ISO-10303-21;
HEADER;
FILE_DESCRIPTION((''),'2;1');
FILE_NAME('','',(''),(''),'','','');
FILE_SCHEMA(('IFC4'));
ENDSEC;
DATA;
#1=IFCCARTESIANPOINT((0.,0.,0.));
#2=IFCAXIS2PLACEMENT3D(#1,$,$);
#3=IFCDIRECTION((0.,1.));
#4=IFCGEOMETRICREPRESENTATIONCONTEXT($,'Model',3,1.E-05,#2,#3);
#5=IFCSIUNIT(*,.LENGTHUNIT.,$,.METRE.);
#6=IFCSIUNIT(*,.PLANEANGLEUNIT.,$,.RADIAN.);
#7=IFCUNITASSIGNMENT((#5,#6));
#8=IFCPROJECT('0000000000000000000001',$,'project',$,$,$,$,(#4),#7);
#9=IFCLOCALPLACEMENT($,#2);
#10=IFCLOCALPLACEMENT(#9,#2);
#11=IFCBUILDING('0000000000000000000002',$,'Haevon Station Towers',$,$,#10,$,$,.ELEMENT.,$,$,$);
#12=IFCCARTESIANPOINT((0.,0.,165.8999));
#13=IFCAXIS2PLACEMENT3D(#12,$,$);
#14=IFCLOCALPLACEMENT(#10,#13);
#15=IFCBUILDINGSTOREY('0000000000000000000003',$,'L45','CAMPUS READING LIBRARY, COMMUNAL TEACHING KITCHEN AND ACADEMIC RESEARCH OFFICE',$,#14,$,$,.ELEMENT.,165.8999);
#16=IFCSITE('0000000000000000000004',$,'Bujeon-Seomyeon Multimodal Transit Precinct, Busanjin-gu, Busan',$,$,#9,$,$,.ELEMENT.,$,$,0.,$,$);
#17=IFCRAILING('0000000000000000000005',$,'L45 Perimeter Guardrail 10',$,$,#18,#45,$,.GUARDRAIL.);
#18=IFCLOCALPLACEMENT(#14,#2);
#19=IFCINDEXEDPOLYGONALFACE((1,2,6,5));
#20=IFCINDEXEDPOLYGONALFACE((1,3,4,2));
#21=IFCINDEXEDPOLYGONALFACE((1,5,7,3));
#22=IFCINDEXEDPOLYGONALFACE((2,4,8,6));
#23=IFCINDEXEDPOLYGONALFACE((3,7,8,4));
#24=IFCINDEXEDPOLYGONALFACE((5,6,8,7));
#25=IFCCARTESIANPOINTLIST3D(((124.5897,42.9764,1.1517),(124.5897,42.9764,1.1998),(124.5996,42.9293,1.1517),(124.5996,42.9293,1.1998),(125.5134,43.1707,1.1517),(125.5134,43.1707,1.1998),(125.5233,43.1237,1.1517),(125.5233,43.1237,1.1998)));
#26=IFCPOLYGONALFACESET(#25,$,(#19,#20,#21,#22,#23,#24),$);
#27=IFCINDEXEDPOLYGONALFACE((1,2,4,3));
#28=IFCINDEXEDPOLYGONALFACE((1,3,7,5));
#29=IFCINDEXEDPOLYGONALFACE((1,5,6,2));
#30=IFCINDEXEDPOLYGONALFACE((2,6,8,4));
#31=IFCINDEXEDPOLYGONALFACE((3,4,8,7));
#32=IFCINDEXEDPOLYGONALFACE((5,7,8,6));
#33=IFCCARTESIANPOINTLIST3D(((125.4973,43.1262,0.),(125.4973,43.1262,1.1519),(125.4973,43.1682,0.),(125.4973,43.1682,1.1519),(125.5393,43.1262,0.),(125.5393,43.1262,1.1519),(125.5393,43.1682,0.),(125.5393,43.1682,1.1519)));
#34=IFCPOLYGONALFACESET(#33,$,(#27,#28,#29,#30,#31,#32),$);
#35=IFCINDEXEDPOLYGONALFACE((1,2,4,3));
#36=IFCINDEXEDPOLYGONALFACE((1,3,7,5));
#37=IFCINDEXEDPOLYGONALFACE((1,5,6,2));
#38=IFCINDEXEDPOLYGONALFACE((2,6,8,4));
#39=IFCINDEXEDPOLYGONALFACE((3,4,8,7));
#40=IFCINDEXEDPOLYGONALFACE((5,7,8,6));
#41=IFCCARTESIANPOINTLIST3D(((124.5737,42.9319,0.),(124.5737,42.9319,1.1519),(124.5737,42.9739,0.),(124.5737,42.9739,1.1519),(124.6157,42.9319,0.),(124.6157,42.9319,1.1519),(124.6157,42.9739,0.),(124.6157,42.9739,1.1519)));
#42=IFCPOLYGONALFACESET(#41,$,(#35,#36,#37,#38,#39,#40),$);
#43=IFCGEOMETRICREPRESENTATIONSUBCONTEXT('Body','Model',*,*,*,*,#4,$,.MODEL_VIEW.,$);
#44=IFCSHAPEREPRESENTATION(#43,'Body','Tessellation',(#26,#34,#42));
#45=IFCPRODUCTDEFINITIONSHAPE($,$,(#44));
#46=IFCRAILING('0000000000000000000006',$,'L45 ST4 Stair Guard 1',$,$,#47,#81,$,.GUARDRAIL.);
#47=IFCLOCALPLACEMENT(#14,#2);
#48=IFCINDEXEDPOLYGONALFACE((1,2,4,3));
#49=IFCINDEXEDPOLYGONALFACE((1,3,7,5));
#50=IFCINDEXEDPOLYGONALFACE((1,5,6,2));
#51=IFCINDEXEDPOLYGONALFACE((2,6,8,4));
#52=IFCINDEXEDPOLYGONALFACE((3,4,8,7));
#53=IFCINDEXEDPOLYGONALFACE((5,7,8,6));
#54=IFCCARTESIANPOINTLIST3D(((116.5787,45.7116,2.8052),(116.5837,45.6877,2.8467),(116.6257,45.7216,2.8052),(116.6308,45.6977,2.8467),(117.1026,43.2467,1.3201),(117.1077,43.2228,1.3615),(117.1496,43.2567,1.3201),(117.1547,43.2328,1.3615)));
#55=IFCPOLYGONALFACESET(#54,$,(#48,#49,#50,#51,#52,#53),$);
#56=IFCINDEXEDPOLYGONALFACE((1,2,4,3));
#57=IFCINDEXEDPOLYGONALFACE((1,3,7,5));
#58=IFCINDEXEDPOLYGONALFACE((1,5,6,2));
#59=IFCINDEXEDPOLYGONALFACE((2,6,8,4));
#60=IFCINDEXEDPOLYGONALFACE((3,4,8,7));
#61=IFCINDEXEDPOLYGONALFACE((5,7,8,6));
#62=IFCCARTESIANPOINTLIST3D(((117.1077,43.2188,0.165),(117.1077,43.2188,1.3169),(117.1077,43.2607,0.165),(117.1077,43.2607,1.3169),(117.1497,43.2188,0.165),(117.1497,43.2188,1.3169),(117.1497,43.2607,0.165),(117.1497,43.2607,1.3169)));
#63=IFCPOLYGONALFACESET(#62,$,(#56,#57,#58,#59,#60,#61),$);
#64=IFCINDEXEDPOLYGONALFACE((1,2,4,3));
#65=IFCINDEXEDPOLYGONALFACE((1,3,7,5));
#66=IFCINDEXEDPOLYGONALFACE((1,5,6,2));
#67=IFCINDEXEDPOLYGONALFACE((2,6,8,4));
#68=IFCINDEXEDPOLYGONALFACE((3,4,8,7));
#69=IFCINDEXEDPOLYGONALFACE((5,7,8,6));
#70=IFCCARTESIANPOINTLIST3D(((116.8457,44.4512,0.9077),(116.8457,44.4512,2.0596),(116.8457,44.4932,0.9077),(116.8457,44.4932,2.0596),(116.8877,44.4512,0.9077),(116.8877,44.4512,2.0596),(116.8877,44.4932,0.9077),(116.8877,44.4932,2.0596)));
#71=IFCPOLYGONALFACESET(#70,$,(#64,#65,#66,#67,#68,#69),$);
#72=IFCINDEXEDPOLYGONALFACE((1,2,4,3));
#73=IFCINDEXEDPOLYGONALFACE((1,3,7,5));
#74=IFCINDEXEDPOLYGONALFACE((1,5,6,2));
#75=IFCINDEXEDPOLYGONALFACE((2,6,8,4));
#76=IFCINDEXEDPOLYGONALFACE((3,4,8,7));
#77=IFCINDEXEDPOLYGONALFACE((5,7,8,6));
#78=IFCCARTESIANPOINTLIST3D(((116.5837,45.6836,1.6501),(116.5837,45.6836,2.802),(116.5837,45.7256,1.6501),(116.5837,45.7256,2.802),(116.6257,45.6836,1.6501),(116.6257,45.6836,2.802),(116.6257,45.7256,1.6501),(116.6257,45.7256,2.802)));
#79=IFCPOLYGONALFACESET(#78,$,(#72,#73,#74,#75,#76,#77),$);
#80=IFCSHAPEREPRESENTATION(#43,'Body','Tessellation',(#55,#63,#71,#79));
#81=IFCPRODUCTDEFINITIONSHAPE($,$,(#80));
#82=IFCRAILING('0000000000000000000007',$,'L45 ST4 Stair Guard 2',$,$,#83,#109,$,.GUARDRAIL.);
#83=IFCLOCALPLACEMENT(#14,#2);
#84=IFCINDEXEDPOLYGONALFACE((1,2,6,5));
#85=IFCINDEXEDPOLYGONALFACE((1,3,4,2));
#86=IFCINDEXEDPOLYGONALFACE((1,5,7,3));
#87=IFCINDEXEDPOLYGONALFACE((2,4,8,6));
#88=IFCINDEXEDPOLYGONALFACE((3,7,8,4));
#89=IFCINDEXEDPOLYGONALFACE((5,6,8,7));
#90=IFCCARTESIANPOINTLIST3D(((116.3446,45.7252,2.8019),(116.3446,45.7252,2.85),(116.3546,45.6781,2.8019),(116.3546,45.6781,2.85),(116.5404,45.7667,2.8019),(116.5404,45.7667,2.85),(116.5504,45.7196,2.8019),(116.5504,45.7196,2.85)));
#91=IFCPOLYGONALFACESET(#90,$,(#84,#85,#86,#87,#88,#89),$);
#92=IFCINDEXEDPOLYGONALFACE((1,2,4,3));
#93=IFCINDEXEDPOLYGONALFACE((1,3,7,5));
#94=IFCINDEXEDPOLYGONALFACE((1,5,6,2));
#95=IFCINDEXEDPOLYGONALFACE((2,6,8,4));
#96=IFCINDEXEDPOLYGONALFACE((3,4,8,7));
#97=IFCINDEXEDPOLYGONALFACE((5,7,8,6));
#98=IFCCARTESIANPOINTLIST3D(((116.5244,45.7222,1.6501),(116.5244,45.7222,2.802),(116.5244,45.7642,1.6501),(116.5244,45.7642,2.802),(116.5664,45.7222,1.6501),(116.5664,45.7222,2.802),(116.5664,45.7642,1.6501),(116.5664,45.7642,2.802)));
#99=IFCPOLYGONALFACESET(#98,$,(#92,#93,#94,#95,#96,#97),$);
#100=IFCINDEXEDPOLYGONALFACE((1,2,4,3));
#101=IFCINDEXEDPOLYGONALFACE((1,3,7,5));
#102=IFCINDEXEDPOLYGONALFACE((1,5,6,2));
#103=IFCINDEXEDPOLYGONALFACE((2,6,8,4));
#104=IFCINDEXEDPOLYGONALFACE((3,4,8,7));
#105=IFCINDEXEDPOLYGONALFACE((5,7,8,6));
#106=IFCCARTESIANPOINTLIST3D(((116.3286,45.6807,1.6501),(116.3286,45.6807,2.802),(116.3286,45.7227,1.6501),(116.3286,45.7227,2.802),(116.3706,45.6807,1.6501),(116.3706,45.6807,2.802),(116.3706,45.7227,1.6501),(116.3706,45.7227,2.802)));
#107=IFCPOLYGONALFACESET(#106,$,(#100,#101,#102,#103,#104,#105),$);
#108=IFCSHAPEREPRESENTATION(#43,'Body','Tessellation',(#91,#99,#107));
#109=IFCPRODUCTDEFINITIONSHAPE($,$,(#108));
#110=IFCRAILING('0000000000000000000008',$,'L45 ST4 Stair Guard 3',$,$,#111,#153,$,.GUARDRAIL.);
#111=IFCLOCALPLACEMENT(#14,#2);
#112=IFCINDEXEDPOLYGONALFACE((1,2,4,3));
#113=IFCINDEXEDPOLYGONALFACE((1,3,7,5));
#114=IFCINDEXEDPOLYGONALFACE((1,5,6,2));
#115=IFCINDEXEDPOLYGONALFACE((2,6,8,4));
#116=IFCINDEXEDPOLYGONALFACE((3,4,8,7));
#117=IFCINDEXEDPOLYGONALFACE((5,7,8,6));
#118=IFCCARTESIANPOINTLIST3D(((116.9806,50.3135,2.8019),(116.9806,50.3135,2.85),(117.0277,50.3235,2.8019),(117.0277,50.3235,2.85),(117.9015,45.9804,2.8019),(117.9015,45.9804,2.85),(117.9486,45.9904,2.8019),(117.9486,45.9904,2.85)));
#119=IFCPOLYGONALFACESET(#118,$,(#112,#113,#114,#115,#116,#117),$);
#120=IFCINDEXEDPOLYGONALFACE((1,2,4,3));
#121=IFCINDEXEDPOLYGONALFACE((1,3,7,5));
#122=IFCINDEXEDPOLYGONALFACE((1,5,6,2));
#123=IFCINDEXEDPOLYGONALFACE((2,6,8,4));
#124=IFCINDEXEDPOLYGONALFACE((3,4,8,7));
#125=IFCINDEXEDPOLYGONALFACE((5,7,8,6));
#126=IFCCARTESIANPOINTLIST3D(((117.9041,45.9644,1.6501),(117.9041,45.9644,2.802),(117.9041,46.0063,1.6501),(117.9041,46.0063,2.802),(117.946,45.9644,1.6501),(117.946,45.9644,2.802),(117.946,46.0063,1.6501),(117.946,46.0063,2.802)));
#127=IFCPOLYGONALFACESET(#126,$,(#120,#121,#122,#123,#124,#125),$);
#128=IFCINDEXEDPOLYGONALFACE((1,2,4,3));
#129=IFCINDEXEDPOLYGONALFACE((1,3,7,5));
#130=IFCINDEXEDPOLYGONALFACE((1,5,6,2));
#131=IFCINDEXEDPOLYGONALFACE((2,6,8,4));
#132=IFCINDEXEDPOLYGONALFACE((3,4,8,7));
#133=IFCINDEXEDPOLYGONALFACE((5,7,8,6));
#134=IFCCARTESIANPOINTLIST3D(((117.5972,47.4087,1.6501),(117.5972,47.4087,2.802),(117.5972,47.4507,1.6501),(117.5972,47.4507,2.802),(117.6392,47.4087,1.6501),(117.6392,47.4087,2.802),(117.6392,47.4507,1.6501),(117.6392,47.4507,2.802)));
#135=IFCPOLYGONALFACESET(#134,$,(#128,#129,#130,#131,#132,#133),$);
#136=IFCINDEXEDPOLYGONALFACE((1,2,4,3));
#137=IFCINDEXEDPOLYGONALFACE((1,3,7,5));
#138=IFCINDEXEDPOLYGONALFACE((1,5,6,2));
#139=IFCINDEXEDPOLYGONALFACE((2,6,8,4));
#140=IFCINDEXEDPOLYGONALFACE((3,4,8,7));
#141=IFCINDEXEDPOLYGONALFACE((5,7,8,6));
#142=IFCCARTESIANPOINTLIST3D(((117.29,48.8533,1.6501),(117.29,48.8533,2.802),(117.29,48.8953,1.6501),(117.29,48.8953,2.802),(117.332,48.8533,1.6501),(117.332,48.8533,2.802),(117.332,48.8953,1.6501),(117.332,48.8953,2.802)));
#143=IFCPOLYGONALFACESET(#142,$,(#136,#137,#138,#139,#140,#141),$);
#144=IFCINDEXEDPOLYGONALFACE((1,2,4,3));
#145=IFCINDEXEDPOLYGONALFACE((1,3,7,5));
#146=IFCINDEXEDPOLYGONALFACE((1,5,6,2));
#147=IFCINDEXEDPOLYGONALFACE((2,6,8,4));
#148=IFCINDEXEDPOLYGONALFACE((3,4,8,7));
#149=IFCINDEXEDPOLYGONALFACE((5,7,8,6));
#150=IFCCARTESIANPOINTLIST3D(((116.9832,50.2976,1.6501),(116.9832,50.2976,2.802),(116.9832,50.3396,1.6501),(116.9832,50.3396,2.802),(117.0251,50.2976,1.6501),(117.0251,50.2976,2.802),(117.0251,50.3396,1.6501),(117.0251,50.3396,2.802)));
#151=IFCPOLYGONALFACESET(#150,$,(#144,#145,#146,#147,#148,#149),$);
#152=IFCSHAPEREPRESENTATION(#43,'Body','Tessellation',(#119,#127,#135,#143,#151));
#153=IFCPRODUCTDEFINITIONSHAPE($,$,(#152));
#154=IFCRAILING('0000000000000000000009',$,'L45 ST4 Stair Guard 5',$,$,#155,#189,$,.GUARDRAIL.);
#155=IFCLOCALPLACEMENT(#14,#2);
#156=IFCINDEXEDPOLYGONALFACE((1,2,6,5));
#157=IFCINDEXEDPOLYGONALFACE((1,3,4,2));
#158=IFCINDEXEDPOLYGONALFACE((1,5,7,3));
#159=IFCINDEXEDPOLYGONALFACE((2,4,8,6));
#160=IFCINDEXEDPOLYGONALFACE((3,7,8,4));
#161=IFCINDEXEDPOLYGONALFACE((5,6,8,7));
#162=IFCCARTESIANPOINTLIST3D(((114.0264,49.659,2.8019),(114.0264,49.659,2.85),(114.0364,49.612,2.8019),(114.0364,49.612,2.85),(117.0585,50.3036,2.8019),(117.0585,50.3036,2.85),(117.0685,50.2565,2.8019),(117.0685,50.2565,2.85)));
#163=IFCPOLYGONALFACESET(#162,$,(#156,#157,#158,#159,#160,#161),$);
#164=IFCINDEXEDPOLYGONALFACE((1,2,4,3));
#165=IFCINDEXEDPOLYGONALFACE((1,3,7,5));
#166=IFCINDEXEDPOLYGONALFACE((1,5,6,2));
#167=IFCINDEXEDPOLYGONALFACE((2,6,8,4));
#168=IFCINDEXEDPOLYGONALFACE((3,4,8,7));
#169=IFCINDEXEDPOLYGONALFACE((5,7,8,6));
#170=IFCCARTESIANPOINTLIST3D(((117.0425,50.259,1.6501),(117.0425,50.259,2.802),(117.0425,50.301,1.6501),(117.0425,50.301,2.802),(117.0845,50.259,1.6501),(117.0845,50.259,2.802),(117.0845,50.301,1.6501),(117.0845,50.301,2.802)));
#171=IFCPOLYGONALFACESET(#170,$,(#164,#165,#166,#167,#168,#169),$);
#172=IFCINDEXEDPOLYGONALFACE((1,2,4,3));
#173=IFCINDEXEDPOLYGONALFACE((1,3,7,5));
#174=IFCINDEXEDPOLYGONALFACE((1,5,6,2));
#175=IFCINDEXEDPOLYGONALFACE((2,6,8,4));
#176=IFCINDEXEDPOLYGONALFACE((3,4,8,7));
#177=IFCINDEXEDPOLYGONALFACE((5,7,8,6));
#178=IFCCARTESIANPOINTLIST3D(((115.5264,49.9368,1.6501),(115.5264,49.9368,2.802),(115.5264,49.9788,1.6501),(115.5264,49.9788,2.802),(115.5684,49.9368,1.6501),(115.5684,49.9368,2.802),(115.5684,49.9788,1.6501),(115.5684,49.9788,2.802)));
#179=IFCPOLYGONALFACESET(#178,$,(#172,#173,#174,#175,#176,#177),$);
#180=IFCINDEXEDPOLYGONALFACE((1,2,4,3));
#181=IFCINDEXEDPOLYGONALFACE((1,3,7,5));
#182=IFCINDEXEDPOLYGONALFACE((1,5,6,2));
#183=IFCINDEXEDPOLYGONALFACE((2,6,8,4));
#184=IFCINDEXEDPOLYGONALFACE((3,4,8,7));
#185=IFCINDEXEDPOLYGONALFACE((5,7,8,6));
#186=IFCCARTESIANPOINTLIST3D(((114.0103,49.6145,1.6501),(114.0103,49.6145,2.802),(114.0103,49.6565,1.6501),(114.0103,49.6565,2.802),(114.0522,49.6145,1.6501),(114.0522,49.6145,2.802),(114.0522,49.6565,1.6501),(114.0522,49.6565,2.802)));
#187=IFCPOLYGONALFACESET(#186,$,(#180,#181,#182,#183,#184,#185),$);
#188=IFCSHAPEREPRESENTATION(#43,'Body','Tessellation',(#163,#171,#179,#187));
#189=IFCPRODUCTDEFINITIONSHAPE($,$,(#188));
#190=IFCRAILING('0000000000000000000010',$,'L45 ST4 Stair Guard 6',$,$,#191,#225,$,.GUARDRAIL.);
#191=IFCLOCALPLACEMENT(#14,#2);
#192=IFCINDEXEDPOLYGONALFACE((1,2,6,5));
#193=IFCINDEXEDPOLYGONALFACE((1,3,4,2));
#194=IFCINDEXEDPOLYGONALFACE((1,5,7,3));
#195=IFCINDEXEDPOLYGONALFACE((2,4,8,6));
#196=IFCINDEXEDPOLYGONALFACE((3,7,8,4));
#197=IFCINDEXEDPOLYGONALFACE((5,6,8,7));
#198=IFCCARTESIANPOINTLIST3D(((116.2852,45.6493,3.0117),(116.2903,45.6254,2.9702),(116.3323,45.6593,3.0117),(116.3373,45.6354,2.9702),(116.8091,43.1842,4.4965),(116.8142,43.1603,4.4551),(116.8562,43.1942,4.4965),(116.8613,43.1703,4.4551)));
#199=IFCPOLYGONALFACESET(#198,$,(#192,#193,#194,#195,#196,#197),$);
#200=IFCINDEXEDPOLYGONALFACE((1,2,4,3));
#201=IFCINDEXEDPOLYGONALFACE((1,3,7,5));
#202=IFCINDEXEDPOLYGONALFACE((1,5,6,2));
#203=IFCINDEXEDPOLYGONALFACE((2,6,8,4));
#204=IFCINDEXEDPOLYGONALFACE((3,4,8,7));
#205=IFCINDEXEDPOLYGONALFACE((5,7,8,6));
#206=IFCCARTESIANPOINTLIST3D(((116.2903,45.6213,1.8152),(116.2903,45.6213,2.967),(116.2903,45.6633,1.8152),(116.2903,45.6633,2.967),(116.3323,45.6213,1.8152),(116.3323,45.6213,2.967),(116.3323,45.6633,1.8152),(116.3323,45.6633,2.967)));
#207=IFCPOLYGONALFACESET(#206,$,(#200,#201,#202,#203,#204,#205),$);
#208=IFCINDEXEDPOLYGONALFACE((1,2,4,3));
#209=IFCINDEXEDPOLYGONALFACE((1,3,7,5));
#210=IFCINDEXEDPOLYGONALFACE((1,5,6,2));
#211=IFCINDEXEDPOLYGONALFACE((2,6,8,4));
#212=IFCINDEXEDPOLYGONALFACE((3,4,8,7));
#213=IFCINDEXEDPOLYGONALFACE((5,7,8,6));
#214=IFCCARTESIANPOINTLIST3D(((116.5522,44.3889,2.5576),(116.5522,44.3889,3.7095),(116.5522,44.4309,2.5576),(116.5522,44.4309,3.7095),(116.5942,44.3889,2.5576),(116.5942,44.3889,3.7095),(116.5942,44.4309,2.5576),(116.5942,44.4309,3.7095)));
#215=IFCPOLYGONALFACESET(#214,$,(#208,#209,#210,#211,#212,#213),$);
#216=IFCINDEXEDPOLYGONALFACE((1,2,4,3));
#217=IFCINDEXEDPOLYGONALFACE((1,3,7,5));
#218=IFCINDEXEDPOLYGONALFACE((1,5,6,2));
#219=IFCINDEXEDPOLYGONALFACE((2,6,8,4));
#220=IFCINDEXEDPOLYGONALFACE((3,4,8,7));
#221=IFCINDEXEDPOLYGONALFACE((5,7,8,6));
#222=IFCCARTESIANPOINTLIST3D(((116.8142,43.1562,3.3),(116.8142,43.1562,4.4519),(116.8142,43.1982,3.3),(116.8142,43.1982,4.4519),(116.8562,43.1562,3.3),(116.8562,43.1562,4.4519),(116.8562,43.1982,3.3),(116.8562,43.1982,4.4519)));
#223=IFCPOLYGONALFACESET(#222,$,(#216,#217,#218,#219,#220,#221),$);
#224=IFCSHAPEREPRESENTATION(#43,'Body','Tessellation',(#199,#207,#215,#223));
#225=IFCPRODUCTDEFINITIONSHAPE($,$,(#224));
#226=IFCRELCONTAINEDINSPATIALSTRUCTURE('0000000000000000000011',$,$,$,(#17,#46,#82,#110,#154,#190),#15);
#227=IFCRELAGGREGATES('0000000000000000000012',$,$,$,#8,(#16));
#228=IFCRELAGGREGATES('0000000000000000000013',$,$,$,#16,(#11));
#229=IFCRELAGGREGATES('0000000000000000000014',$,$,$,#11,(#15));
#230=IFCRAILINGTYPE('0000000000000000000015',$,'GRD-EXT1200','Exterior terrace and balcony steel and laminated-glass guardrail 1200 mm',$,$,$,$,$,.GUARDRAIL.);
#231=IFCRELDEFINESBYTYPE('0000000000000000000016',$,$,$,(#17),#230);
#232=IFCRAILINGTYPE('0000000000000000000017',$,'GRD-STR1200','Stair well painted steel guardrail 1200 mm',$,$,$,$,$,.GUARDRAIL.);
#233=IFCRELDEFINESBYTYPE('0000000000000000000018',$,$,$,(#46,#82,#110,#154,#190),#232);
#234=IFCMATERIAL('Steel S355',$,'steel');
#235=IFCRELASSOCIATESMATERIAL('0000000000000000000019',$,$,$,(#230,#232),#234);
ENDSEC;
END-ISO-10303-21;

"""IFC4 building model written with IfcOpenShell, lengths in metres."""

from ifc_helpers import new_model, si_unit, direction, frame, origin, origin_2d, place, context, subcontext, project, spatial, rectangle, extrude, material, type_object, element, save


model = new_model("IFC4")

# Units and contexts
model_context = context("Model", 3, precision=1e-05, world=origin(), true_north=direction((0.0, 1.0)))
body_context = subcontext(model_context, "Body", "Model", "MODEL_VIEW")
ifc_project = project(units=[si_unit("LENGTHUNIT", "METRE"), si_unit("PLANEANGLEUNIT", "RADIAN")], contexts=[model_context])

# Site, building, storey
site_placement = place(None, origin())
site = spatial("IfcSite", under=ifc_project, at=site_placement, Name="Bujeon-Seomyeon Multimodal Transit Precinct, Busanjin-gu, Busan", CompositionType="ELEMENT", RefElevation=0.0)
building_placement = place(site_placement, origin())
building = spatial("IfcBuilding", under=site, at=building_placement, Name="Haevon Station Towers", CompositionType="ELEMENT")
storey_placement = place(building_placement, frame((0.0, 0.0, 165.8999)))
storey = spatial("IfcBuildingStorey", under=building, at=storey_placement, Name="L45", Description="CAMPUS READING LIBRARY, COMMUNAL TEACHING KITCHEN AND ACADEMIC RESEARCH OFFICE", CompositionType="ELEMENT", Elevation=165.8999)

# Shared definitions
ifc_material_1 = material(Name="Steel S355", Category="steel")

# Railings
railing_type_1 = type_object("IfcRailingType", Name="GRD-EXT1200", Description="Exterior terrace and balcony steel and laminated-glass guardrail 1200 mm", PredefinedType="GUARDRAIL", material=ifc_material_1)
railing_1_placement = place(storey_placement, frame((125.5183, 43.1472, 0.0)))
element("IfcRailing", 1, at=railing_1_placement, inside=storey, type_object=railing_type_1, Name="L45 Perimeter Guardrail 10", PredefinedType="GUARDRAIL", context=body_context, shape_type="SweptSolid", body=[
    extrude(rectangle(XDim=0.0481, YDim=0.0481, at=origin_2d()), frame((0.0, 0.0, 1.1758), z_axis=(-0.978572, -0.205906, 0.0), x_axis=(0.205906, -0.978572, 0.0)), (0.0, 0.0, 1.0), 0.9438),
    extrude(rectangle(XDim=0.042, YDim=0.042, at=origin_2d()), origin(), (0.0, 0.0, 1.0), 1.1519),
    extrude(rectangle(XDim=0.042, YDim=0.042, at=origin_2d()), frame((-0.9236, -0.1943, 0.0)), (0.0, 0.0, 1.0), 1.1519),
])
railing_type_2 = type_object("IfcRailingType", Name="GRD-STR1200", Description="Stair well painted steel guardrail 1200 mm", PredefinedType="GUARDRAIL", material=ifc_material_1)
railing_2_placement = place(storey_placement, frame((117.1287, 43.2397, 0.165)))
element("IfcRailing", 2, at=railing_2_placement, inside=storey, type_object=railing_type_2, Name="L45 ST4 Stair Guard 1", PredefinedType="GUARDRAIL", context=body_context, shape_type="SweptSolid", body=[
    extrude(rectangle(XDim=0.0481, YDim=0.0481, at=origin_2d()), frame((0.0, 0.0, 1.1758), z_axis=(-0.179121, 0.842688, 0.507733), x_axis=(-0.978147, -0.207914, 0.0)), (0.0, 0.0, 1.0), 2.925),
    extrude(rectangle(XDim=0.042, YDim=0.042, at=origin_2d()), origin(), (0.0, 0.0, 1.0), 1.1519),
    extrude(rectangle(XDim=0.042, YDim=0.042, at=origin_2d()), frame((-0.262, 1.2324, 0.7427)), (0.0, 0.0, 1.0), 1.1519),
    extrude(rectangle(XDim=0.042, YDim=0.042, at=origin_2d()), frame((-0.5239, 2.4648, 1.4851)), (0.0, 0.0, 1.0), 1.1519),
])
railing_3_placement = place(storey_placement, frame((116.5454, 45.7432, 1.6501)))
element("IfcRailing", 3, at=railing_3_placement, inside=storey, type_object=railing_type_2, Name="L45 ST4 Stair Guard 2", PredefinedType="GUARDRAIL", context=body_context, shape_type="SweptSolid", body=[
    extrude(rectangle(XDim=0.0481, YDim=0.0481, at=origin_2d()), frame((0.0, 0.0, 1.1758), z_axis=(-0.978264, -0.207363, 0.0), x_axis=(0.207363, -0.978264, 0.0)), (0.0, 0.0, 1.0), 0.2002),
    extrude(rectangle(XDim=0.042, YDim=0.042, at=origin_2d()), origin(), (0.0, 0.0, 1.0), 1.1519),
    extrude(rectangle(XDim=0.042, YDim=0.042, at=origin_2d()), frame((-0.1958, -0.0415, 0.0)), (0.0, 0.0, 1.0), 1.1519),
])
railing_4_placement = place(storey_placement, frame((117.925, 45.9854, 1.6501)))
element("IfcRailing", 4, at=railing_4_placement, inside=storey, type_object=railing_type_2, Name="L45 ST4 Stair Guard 3", PredefinedType="GUARDRAIL", context=body_context, shape_type="SweptSolid", body=[
    extrude(rectangle(XDim=0.0481, YDim=0.0481, at=origin_2d()), frame((0.0, 0.0, 1.1758), z_axis=(-0.207877, 0.978155, 0.0), x_axis=(-0.978155, -0.207877, 0.0)), (0.0, 0.0, 1.0), 4.4299),
    extrude(rectangle(XDim=0.042, YDim=0.042, at=origin_2d()), origin(), (0.0, 0.0, 1.0), 1.1519),
    extrude(rectangle(XDim=0.042, YDim=0.042, at=origin_2d()), frame((-0.3069, 1.4443, 0.0)), (0.0, 0.0, 1.0), 1.1519),
    extrude(rectangle(XDim=0.042, YDim=0.042, at=origin_2d()), frame((-0.614, 2.8889, 0.0)), (0.0, 0.0, 1.0), 1.1519),
    extrude(rectangle(XDim=0.042, YDim=0.042, at=origin_2d()), frame((-0.9209, 4.3333, 0.0)), (0.0, 0.0, 1.0), 1.1519),
])
railing_5_placement = place(storey_placement, frame((117.0635, 50.28, 1.6501)))
element("IfcRailing", 5, at=railing_5_placement, inside=storey, type_object=railing_type_2, Name="L45 ST4 Stair Guard 5", PredefinedType="GUARDRAIL", context=body_context, shape_type="SweptSolid", body=[
    extrude(rectangle(XDim=0.0481, YDim=0.0481, at=origin_2d()), frame((0.0, 0.0, 1.1758), z_axis=(-0.978147, -0.207915, 0.0), x_axis=(0.207915, -0.978147, 0.0)), (0.0, 0.0, 1.0), 3.0999),
    extrude(rectangle(XDim=0.042, YDim=0.042, at=origin_2d()), origin(), (0.0, 0.0, 1.0), 1.1519),
    extrude(rectangle(XDim=0.042, YDim=0.042, at=origin_2d()), frame((-1.5161, -0.3223, 0.0)), (0.0, 0.0, 1.0), 1.1519),
    extrude(rectangle(XDim=0.042, YDim=0.042, at=origin_2d()), frame((-3.0322, -0.6445, 0.0)), (0.0, 0.0, 1.0), 1.1519),
])
railing_6_placement = place(storey_placement, frame((116.3113, 45.6423, 1.8152)))
element("IfcRailing", 6, at=railing_6_placement, inside=storey, type_object=railing_type_2, Name="L45 ST4 Stair Guard 6", PredefinedType="GUARDRAIL", context=body_context, shape_type="SweptSolid", body=[
    extrude(rectangle(XDim=0.0481, YDim=0.0481, at=origin_2d()), frame((0.0, 0.0, 1.1758), z_axis=(0.179116, -0.842748, 0.507635), x_axis=(0.978151, 0.207895, 0.0)), (0.0, 0.0, 1.0), 2.925),
    extrude(rectangle(XDim=0.042, YDim=0.042, at=origin_2d()), origin(), (0.0, 0.0, 1.0), 1.1519),
    extrude(rectangle(XDim=0.042, YDim=0.042, at=origin_2d()), frame((0.262, -1.2324, 0.7424)), (0.0, 0.0, 1.0), 1.1519),
    extrude(rectangle(XDim=0.042, YDim=0.042, at=origin_2d()), frame((0.5239, -2.4651, 1.4849)), (0.0, 0.0, 1.0), 1.1519),
])

save(model, "model.ifc")
